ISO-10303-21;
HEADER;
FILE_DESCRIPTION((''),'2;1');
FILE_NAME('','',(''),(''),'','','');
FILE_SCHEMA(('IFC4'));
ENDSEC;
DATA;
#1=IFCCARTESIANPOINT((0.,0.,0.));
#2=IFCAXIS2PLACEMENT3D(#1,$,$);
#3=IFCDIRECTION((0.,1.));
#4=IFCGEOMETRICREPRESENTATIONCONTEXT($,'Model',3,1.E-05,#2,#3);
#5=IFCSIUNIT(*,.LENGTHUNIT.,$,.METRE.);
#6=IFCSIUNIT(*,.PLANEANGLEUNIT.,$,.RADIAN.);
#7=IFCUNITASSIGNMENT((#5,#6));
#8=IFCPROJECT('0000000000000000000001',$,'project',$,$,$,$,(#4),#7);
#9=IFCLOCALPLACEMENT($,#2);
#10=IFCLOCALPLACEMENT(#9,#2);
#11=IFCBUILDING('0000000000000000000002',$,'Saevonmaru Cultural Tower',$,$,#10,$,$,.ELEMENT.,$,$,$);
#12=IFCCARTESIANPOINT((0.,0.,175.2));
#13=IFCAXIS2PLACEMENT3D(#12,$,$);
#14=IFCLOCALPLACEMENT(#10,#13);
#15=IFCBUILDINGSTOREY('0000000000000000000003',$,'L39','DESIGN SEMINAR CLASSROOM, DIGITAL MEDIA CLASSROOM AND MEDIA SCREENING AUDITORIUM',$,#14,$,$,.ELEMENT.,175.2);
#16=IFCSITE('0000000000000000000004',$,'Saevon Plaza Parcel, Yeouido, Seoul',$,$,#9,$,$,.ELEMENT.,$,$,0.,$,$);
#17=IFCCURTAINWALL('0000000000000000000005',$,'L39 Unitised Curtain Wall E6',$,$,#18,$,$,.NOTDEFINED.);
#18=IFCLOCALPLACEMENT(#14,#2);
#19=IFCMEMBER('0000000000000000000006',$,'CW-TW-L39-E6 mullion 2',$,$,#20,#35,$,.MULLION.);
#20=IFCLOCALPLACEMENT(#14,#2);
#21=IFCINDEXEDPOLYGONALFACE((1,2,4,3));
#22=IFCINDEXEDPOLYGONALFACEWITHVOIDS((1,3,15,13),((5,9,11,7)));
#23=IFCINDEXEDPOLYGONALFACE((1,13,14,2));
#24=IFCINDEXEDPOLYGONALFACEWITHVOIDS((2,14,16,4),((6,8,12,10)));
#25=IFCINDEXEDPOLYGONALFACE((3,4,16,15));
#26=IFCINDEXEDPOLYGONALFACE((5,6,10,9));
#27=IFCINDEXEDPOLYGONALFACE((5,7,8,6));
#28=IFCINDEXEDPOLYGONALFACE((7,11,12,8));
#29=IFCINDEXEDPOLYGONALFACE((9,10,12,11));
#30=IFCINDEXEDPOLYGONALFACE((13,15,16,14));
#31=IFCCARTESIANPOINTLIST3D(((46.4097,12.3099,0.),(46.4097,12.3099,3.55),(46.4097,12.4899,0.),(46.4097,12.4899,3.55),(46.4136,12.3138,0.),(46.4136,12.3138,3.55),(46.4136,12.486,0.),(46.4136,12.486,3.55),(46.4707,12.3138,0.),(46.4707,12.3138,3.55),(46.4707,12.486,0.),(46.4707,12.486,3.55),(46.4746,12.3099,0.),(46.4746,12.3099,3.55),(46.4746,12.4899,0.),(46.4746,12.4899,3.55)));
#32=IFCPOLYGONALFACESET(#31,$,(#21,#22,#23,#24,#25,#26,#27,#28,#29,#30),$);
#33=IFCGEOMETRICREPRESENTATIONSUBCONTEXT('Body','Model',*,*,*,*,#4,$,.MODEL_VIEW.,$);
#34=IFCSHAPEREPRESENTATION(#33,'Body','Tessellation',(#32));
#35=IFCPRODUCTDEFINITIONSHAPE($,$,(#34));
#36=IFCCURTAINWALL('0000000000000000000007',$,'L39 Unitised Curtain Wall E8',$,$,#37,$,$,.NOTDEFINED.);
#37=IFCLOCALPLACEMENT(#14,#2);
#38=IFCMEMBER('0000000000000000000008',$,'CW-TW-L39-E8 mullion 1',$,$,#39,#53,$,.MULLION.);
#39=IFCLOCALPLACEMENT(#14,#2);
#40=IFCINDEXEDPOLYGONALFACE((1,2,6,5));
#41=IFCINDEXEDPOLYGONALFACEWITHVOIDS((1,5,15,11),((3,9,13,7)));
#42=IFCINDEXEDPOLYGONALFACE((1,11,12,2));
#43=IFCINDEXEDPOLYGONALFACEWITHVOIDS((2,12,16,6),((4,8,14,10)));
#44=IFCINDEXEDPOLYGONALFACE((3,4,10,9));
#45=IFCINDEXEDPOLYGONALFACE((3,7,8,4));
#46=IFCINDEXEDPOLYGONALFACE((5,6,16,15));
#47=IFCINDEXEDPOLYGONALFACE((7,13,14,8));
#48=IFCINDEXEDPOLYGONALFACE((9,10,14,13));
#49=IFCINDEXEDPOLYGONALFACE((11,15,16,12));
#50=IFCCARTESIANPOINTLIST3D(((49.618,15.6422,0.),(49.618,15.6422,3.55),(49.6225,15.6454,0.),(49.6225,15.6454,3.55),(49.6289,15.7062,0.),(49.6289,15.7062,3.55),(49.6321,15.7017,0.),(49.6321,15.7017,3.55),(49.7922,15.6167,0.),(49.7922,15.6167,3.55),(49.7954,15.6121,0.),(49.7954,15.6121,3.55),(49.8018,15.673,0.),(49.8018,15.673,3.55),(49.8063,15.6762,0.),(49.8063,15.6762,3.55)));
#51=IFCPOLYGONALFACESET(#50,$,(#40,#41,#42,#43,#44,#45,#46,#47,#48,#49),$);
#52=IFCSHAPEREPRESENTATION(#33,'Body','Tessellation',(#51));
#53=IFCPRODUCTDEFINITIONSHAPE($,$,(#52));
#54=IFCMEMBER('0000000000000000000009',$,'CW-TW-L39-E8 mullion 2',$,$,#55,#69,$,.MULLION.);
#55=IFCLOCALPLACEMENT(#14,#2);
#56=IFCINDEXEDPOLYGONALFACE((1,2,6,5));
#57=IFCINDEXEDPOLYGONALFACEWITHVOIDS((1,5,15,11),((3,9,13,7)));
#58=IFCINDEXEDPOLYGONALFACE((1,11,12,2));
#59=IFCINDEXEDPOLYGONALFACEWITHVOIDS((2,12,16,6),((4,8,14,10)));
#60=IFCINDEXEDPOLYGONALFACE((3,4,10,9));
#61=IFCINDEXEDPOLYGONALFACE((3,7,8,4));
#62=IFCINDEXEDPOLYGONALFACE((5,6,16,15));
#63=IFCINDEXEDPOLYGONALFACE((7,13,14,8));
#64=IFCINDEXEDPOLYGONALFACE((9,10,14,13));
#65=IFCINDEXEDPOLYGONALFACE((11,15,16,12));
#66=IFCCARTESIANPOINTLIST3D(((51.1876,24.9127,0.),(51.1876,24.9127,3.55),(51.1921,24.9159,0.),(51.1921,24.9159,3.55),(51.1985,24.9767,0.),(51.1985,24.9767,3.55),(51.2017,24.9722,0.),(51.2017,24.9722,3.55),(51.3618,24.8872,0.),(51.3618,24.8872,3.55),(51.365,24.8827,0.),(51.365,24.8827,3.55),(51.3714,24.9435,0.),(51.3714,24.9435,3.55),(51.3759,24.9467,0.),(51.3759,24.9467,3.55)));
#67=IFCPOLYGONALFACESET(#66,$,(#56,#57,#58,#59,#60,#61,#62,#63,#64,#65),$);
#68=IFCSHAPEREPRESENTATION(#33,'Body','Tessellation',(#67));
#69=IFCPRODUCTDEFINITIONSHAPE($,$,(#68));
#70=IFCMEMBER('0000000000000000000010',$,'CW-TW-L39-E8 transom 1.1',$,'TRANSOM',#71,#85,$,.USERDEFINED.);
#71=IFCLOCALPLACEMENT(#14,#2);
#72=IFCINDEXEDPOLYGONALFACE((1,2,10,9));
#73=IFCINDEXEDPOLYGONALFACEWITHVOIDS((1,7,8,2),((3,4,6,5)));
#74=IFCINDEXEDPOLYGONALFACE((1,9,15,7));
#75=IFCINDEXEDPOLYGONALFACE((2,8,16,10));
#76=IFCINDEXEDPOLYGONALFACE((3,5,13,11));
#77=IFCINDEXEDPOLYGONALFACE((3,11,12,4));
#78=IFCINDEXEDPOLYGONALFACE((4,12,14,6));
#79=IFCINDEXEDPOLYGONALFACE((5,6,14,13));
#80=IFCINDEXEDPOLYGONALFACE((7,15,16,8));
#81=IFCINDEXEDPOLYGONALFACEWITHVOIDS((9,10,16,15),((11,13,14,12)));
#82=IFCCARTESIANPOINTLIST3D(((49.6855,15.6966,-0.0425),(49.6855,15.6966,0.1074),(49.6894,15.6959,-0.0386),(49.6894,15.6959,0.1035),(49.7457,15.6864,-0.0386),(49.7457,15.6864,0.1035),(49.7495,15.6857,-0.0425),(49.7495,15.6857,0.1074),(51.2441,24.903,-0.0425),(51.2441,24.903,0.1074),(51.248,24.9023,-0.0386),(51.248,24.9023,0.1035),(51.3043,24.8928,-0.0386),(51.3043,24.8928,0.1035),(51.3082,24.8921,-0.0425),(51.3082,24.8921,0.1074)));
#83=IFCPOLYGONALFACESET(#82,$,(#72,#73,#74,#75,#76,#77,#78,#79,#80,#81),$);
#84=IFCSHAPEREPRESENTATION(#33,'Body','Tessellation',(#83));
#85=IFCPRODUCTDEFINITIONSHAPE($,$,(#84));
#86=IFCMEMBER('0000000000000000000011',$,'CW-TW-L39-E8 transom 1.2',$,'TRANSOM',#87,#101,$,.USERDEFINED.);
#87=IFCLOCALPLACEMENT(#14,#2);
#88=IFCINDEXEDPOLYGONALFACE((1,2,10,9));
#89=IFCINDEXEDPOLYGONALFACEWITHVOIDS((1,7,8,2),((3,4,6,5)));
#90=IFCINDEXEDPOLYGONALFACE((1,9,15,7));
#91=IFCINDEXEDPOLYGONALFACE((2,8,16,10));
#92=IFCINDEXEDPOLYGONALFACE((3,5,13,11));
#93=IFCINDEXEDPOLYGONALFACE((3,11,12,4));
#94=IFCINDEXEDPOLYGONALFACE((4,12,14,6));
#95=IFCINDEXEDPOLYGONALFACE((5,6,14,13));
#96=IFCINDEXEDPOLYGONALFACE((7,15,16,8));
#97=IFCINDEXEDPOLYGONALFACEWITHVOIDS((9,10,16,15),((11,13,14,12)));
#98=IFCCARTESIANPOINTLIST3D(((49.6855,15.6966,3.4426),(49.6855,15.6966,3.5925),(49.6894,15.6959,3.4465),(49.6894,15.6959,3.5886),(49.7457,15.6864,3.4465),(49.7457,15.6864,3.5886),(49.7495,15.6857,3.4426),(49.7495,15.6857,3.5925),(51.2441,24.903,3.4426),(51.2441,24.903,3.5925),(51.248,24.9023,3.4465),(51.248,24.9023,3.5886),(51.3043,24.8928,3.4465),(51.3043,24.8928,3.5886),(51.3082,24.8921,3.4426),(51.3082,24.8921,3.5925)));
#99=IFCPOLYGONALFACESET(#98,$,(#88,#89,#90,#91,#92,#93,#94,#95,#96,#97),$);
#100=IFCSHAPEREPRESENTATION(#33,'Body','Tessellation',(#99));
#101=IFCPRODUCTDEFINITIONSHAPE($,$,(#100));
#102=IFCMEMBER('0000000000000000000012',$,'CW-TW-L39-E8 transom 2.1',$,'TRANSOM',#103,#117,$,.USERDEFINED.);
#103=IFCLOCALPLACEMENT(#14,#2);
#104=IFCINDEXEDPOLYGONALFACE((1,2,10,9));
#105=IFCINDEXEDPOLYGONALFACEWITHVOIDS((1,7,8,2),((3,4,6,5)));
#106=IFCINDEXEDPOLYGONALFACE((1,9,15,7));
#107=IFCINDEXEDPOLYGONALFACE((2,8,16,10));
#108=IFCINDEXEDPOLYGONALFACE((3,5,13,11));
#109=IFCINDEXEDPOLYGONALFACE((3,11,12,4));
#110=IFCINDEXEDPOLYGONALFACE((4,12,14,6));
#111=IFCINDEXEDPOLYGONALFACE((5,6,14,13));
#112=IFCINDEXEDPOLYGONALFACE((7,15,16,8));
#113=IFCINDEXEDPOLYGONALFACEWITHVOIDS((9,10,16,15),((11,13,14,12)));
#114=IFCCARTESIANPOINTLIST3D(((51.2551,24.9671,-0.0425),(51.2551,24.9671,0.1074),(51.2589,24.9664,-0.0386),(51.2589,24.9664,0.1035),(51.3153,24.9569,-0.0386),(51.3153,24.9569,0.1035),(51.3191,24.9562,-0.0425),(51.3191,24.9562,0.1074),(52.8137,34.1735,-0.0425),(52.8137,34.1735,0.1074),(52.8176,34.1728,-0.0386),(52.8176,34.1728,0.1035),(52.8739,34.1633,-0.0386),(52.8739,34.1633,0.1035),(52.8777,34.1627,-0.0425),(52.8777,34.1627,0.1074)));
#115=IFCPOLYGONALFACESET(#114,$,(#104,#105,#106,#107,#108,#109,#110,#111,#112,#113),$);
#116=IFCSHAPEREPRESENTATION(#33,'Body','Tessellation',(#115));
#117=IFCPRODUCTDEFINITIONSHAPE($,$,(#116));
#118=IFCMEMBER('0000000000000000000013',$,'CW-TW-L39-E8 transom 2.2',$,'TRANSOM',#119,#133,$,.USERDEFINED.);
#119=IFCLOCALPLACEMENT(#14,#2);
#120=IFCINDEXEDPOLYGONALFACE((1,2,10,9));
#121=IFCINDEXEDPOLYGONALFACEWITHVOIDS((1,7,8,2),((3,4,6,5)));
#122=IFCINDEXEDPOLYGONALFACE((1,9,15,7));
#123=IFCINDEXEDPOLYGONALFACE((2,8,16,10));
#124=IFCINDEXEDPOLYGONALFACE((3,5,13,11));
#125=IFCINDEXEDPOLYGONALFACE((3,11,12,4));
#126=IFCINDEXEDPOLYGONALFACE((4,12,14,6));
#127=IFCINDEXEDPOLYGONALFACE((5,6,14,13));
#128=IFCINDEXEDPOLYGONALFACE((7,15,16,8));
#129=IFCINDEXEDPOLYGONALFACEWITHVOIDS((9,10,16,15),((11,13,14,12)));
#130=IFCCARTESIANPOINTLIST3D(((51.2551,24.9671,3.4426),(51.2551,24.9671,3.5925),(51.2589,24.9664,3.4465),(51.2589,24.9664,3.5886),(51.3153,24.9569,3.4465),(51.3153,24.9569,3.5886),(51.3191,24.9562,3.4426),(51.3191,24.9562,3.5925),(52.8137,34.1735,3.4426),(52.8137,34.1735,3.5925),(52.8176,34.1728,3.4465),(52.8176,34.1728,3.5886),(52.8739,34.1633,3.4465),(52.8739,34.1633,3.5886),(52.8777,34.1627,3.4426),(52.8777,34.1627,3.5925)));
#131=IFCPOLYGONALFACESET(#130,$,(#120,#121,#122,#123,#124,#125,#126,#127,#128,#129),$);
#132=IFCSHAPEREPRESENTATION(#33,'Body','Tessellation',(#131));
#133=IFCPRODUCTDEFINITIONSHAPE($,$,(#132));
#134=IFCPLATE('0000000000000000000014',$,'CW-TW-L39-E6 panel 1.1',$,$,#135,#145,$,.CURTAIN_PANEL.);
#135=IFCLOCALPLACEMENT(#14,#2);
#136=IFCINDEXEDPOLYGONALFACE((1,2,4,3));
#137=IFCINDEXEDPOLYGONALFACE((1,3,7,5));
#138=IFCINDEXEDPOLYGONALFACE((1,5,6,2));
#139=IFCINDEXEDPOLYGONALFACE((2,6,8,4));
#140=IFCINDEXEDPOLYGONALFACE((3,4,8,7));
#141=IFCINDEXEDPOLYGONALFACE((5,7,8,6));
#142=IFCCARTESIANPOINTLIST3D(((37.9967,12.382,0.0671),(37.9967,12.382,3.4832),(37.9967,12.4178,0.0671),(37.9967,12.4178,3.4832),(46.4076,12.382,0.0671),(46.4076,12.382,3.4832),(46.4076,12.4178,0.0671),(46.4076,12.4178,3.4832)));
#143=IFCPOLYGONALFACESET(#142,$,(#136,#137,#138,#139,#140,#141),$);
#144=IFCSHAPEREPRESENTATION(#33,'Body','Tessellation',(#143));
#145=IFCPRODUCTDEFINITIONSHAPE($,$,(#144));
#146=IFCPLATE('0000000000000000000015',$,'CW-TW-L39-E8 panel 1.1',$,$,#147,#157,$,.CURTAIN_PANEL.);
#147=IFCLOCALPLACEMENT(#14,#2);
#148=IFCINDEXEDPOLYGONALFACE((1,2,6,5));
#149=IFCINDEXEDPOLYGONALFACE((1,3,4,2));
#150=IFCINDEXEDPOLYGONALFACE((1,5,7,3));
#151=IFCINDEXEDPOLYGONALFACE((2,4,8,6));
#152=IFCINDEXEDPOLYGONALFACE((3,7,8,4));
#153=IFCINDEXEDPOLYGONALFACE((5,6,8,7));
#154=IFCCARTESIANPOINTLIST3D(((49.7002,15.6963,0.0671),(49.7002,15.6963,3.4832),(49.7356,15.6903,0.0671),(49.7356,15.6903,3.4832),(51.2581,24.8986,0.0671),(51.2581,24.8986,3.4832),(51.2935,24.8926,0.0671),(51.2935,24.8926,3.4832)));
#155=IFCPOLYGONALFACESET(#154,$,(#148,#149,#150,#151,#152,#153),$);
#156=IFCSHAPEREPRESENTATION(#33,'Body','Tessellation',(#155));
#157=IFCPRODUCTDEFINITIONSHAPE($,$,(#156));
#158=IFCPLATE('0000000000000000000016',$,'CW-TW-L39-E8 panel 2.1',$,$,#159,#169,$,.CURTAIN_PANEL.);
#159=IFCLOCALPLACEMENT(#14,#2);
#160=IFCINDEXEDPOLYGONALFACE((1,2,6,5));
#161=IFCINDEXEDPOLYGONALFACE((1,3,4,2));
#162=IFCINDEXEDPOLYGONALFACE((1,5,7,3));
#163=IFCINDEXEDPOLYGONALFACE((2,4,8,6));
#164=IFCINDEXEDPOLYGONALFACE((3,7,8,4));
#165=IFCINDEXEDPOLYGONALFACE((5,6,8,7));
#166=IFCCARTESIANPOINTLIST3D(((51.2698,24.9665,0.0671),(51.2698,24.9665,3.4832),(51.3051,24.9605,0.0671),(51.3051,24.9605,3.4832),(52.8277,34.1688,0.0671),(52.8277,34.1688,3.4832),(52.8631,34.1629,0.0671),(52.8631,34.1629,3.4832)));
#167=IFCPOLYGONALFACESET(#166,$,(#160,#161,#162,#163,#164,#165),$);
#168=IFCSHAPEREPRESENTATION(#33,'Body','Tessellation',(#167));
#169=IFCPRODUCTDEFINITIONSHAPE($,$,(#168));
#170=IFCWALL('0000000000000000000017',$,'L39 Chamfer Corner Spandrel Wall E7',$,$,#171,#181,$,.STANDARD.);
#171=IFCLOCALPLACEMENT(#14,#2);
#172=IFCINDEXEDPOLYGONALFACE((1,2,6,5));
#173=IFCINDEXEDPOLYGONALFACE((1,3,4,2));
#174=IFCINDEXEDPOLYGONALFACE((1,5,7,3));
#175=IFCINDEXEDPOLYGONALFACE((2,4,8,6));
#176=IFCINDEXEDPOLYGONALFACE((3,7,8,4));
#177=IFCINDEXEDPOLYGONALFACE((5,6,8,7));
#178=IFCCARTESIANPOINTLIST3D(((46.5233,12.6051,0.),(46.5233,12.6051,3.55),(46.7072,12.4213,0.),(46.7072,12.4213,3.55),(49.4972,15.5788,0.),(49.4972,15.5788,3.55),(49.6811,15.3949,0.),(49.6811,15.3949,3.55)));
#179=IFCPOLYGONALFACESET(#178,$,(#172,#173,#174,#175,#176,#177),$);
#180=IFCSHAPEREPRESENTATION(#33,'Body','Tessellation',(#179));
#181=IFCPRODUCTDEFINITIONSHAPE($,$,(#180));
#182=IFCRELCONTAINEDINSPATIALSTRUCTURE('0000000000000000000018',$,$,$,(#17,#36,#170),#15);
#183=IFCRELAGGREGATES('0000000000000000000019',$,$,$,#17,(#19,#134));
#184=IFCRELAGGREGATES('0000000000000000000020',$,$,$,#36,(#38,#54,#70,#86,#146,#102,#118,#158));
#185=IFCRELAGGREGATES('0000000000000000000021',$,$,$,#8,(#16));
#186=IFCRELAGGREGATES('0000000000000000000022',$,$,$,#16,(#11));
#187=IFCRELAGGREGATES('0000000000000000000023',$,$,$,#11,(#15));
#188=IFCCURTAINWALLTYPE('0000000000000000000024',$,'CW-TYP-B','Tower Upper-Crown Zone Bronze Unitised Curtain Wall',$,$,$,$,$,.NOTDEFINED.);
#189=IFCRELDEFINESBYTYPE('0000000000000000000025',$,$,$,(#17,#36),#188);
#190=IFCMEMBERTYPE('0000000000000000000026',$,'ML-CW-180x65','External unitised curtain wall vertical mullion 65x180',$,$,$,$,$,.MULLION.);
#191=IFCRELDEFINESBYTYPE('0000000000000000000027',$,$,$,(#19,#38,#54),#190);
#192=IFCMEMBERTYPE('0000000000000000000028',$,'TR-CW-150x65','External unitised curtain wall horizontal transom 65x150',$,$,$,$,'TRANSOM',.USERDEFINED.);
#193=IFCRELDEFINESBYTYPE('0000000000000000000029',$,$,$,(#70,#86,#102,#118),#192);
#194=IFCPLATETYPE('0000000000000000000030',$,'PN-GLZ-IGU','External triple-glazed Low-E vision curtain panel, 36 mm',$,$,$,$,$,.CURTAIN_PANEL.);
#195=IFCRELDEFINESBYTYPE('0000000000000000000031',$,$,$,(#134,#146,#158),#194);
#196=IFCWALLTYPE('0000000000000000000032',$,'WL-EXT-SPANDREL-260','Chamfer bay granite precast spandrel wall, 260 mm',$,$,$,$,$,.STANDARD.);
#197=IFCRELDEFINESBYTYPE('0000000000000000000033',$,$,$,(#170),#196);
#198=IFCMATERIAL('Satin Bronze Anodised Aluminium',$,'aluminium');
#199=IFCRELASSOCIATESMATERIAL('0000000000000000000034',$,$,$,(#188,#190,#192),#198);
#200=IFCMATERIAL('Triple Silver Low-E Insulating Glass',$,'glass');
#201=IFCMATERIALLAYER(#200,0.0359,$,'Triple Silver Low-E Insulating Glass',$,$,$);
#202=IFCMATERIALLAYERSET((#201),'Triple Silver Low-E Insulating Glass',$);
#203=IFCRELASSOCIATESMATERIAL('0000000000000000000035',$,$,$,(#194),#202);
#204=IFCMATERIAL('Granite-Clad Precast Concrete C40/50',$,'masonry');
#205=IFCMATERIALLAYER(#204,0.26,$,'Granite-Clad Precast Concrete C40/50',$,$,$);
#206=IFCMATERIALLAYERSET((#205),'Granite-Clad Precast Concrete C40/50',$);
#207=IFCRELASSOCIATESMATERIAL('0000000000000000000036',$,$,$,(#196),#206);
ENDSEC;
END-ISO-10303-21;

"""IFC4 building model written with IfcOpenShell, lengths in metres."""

from ifc_helpers import new_model, si_unit, direction, frame, frame_2d, origin, origin_2d, place, context, subcontext, project, spatial, rectangle, hollow_rectangle, extrude, material, layer, layer_set, material_profile, profile_set, type_object, element, aggregate, save


model = new_model("IFC4")

# Units and contexts
model_context = context("Model", 3, precision=1e-05, world=origin(), true_north=direction((0.0, 1.0)))
body_context = subcontext(model_context, "Body", "Model", "MODEL_VIEW")
ifc_project = project(units=[si_unit("LENGTHUNIT", "METRE"), si_unit("PLANEANGLEUNIT", "RADIAN")], contexts=[model_context])

# Site, building, storey
site_placement = place(None, origin())
site = spatial("IfcSite", under=ifc_project, at=site_placement, Name="Saevon Plaza Parcel, Yeouido, Seoul", CompositionType="ELEMENT", RefElevation=0.0)
building_placement = place(site_placement, origin())
building = spatial("IfcBuilding", under=site, at=building_placement, Name="Saevonmaru Cultural Tower", CompositionType="ELEMENT")
storey_placement = place(building_placement, frame((0.0, 0.0, 175.2)))
storey = spatial("IfcBuildingStorey", under=building, at=storey_placement, Name="L39", Description="DESIGN SEMINAR CLASSROOM, DIGITAL MEDIA CLASSROOM AND MEDIA SCREENING AUDITORIUM", CompositionType="ELEMENT", Elevation=175.2)

# Curtain wall, member
ifc_material_1 = material(Name="Satin Bronze Anodised Aluminium", Category="aluminium")
curtain_wall_type = type_object("IfcCurtainWallType", Name="CW-TYP-B", Description="Tower Upper-Crown Zone Bronze Unitised Curtain Wall", PredefinedType="NOTDEFINED", material=ifc_material_1)
curtain_wall_1_placement = place(storey_placement, origin())
curtain_wall_1 = element("IfcCurtainWall", 1, at=curtain_wall_1_placement, inside=storey, type_object=curtain_wall_type, Name="L39 Unitised Curtain Wall E6", PredefinedType="NOTDEFINED")
ifc_material_profile_1 = material_profile(ifc_material_1, hollow_rectangle(XDim=0.0649, YDim=0.1799, WallThickness=0.0039, at=origin_2d()), Name="ALU-MULL-180x65x4")
ifc_profile_set_1 = profile_set([ifc_material_profile_1], Name="Satin Bronze Anodised Aluminium")
member_type_1 = type_object("IfcMemberType", Name="ML-CW-180x65", Description="External unitised curtain wall vertical mullion 65x180", PredefinedType="MULLION", material=ifc_profile_set_1)
member_1_placement = place(storey_placement, frame((46.4421, 12.3999, 0.0), z_axis=(0.0, 0.0, 1.0), x_axis=(1.0, 0.0, 0.0)))
member_1 = element("IfcMember", 2, at=member_1_placement, type_object=member_type_1, Name="CW-TW-L39-E6 mullion 2", PredefinedType="MULLION", context=body_context, shape_type="SweptSolid", body=[
    extrude(hollow_rectangle(XDim=0.0649, YDim=0.1799, WallThickness=0.0039, at=origin_2d()), origin(), (0.0, 0.0, 1.0), 3.55),
])

# Curtain wall, members
curtain_wall_2_placement = place(storey_placement, origin())
curtain_wall_2 = element("IfcCurtainWall", 3, at=curtain_wall_2_placement, inside=storey, type_object=curtain_wall_type, Name="L39 Unitised Curtain Wall E8", PredefinedType="NOTDEFINED")
member_2_placement = place(storey_placement, frame((49.7122, 15.6592, 0.0), z_axis=(0.0, 0.0, 1.0), x_axis=(0.166922, 0.98597, 0.0)))
member_2 = element("IfcMember", 4, at=member_2_placement, type_object=member_type_1, Name="CW-TW-L39-E8 mullion 1", PredefinedType="MULLION", context=body_context, shape_type="SweptSolid", body=[
    extrude(hollow_rectangle(XDim=0.0649, YDim=0.1799, WallThickness=0.0039, at=origin_2d()), origin(), (0.0, 0.0, 1.0), 3.55),
])
member_3_placement = place(storey_placement, frame((51.2817, 24.9297, 0.0), z_axis=(0.0, 0.0, 1.0), x_axis=(0.166922, 0.98597, 0.0)))
member_3 = element("IfcMember", 5, at=member_3_placement, type_object=member_type_1, Name="CW-TW-L39-E8 mullion 2", PredefinedType="MULLION", context=body_context, shape_type="SweptSolid", body=[
    extrude(hollow_rectangle(XDim=0.0649, YDim=0.1799, WallThickness=0.0039, at=origin_2d()), origin(), (0.0, 0.0, 1.0), 3.55),
])
ifc_material_profile_2 = material_profile(ifc_material_1, hollow_rectangle(XDim=0.0649, YDim=0.1499, WallThickness=0.0039, at=origin_2d()), Name="ALU-TRAN-150x65x4")
ifc_profile_set_2 = profile_set([ifc_material_profile_2], Name="Satin Bronze Anodised Aluminium")
member_type_2 = type_object("IfcMemberType", Name="TR-CW-150x65", Description="External unitised curtain wall horizontal transom 65x150", ElementType="TRANSOM", PredefinedType="USERDEFINED", material=ifc_profile_set_2)
member_4_placement = place(storey_placement, frame((49.7175, 15.6912, 0.0325), z_axis=(0.166921, 0.98597, 0.0), x_axis=(-0.98597, 0.166921, 0.0)))
member_4 = element("IfcMember", 6, at=member_4_placement, type_object=member_type_2, Name="CW-TW-L39-E8 transom 1.1", ObjectType="TRANSOM", PredefinedType="USERDEFINED", context=body_context, shape_type="SweptSolid", body=[
    extrude(hollow_rectangle(XDim=0.0649, YDim=0.1499, WallThickness=0.0039, at=origin_2d()), origin(), (0.0, 0.0, 1.0), 9.3374),
])
member_5_placement = place(storey_placement, frame((49.7175, 15.6912, 3.5176), z_axis=(0.166921, 0.98597, 0.0), x_axis=(-0.98597, 0.166921, 0.0)))
member_5 = element("IfcMember", 7, at=member_5_placement, type_object=member_type_2, Name="CW-TW-L39-E8 transom 1.2", ObjectType="TRANSOM", PredefinedType="USERDEFINED", context=body_context, shape_type="SweptSolid", body=[
    extrude(hollow_rectangle(XDim=0.0649, YDim=0.1499, WallThickness=0.0039, at=origin_2d()), origin(), (0.0, 0.0, 1.0), 9.3374),
])
member_6_placement = place(storey_placement, frame((51.2871, 24.9617, 0.0325), z_axis=(0.166921, 0.98597, 0.0), x_axis=(-0.98597, 0.166921, 0.0)))
member_6 = element("IfcMember", 8, at=member_6_placement, type_object=member_type_2, Name="CW-TW-L39-E8 transom 2.1", ObjectType="TRANSOM", PredefinedType="USERDEFINED", context=body_context, shape_type="SweptSolid", body=[
    extrude(hollow_rectangle(XDim=0.0649, YDim=0.1499, WallThickness=0.0039, at=origin_2d()), origin(), (0.0, 0.0, 1.0), 9.3374),
])
member_7_placement = place(storey_placement, frame((51.2871, 24.9617, 3.5176), z_axis=(0.166921, 0.98597, 0.0), x_axis=(-0.98597, 0.166921, 0.0)))
member_7 = element("IfcMember", 9, at=member_7_placement, type_object=member_type_2, Name="CW-TW-L39-E8 transom 2.2", ObjectType="TRANSOM", PredefinedType="USERDEFINED", context=body_context, shape_type="SweptSolid", body=[
    extrude(hollow_rectangle(XDim=0.0649, YDim=0.1499, WallThickness=0.0039, at=origin_2d()), origin(), (0.0, 0.0, 1.0), 9.3374),
])

# Plates
ifc_material_2 = material(Name="Triple Silver Low-E Insulating Glass", Category="glass")
ifc_layer_1 = layer(ifc_material_2, 0.0359, Name="Triple Silver Low-E Insulating Glass")
ifc_layer_set_1 = layer_set([ifc_layer_1], Name="Triple Silver Low-E Insulating Glass")
plate_type = type_object("IfcPlateType", Name="PN-GLZ-IGU", Description="External triple-glazed Low-E vision curtain panel, 36 mm", PredefinedType="CURTAIN_PANEL", material=ifc_layer_set_1)
plate_1_placement = place(storey_placement, frame((42.2021, 12.3999, 0.0671), z_axis=(0.0, 0.0, 1.0), x_axis=(1.0, 0.0, 0.0)))
plate_1 = element("IfcPlate", 10, at=plate_1_placement, type_object=plate_type, Name="CW-TW-L39-E6 panel 1.1", PredefinedType="CURTAIN_PANEL", context=body_context, shape_type="SweptSolid", body=[
    extrude(rectangle(XDim=8.4109, YDim=0.0359, at=origin_2d()), origin(), (0.0, 0.0, 1.0), 3.416),
])
aggregate(curtain_wall_1, [member_1, plate_1])
plate_2_placement = place(storey_placement, frame((50.4968, 20.2944, 0.0671), z_axis=(0.0, 0.0, 1.0), x_axis=(0.166922, 0.98597, 0.0)))
plate_2 = element("IfcPlate", 11, at=plate_2_placement, type_object=plate_type, Name="CW-TW-L39-E8 panel 1.1", PredefinedType="CURTAIN_PANEL", context=body_context, shape_type="SweptSolid", body=[
    extrude(rectangle(XDim=9.3333, YDim=0.0359, at=origin_2d()), origin(), (0.0, 0.0, 1.0), 3.416),
])
plate_3_placement = place(storey_placement, frame((52.0664, 29.5647, 0.0671), z_axis=(0.0, 0.0, 1.0), x_axis=(0.166922, 0.98597, 0.0)))
plate_3 = element("IfcPlate", 12, at=plate_3_placement, type_object=plate_type, Name="CW-TW-L39-E8 panel 2.1", PredefinedType="CURTAIN_PANEL", context=body_context, shape_type="SweptSolid", body=[
    extrude(rectangle(XDim=9.3333, YDim=0.0359, at=origin_2d()), origin(), (0.0, 0.0, 1.0), 3.416),
])
aggregate(curtain_wall_2, [member_2, member_3, member_4, member_5, plate_2, member_6, member_7, plate_3])

# Wall
ifc_material_3 = material(Name="Granite-Clad Precast Concrete C40/50", Category="masonry")
ifc_layer_2 = layer(ifc_material_3, 0.26, Name="Granite-Clad Precast Concrete C40/50")
ifc_layer_set_2 = layer_set([ifc_layer_2], Name="Granite-Clad Precast Concrete C40/50")
wall_type_1 = type_object("IfcWallType", Name="WL-EXT-SPANDREL-260", Description="Chamfer bay granite precast spandrel wall, 260 mm", PredefinedType="STANDARD", material=ifc_layer_set_2)
wall_1_placement = place(storey_placement, frame((46.6152, 12.5132, 0.0), z_axis=(0.0, 0.0, 1.0), x_axis=(0.707136, 0.707078, 0.0)))
element("IfcWall", 13, at=wall_1_placement, inside=storey, type_object=wall_type_1, Name="L39 Chamfer Corner Spandrel Wall E7", PredefinedType="STANDARD", context=body_context, shape_type="SweptSolid", body=[
    extrude(rectangle(XDim=4.2056, YDim=0.26, at=frame_2d((2.1028, 0.0))), origin(), (0.0, 0.0, 1.0), 3.55),
])

save(model, "model.ifc")
